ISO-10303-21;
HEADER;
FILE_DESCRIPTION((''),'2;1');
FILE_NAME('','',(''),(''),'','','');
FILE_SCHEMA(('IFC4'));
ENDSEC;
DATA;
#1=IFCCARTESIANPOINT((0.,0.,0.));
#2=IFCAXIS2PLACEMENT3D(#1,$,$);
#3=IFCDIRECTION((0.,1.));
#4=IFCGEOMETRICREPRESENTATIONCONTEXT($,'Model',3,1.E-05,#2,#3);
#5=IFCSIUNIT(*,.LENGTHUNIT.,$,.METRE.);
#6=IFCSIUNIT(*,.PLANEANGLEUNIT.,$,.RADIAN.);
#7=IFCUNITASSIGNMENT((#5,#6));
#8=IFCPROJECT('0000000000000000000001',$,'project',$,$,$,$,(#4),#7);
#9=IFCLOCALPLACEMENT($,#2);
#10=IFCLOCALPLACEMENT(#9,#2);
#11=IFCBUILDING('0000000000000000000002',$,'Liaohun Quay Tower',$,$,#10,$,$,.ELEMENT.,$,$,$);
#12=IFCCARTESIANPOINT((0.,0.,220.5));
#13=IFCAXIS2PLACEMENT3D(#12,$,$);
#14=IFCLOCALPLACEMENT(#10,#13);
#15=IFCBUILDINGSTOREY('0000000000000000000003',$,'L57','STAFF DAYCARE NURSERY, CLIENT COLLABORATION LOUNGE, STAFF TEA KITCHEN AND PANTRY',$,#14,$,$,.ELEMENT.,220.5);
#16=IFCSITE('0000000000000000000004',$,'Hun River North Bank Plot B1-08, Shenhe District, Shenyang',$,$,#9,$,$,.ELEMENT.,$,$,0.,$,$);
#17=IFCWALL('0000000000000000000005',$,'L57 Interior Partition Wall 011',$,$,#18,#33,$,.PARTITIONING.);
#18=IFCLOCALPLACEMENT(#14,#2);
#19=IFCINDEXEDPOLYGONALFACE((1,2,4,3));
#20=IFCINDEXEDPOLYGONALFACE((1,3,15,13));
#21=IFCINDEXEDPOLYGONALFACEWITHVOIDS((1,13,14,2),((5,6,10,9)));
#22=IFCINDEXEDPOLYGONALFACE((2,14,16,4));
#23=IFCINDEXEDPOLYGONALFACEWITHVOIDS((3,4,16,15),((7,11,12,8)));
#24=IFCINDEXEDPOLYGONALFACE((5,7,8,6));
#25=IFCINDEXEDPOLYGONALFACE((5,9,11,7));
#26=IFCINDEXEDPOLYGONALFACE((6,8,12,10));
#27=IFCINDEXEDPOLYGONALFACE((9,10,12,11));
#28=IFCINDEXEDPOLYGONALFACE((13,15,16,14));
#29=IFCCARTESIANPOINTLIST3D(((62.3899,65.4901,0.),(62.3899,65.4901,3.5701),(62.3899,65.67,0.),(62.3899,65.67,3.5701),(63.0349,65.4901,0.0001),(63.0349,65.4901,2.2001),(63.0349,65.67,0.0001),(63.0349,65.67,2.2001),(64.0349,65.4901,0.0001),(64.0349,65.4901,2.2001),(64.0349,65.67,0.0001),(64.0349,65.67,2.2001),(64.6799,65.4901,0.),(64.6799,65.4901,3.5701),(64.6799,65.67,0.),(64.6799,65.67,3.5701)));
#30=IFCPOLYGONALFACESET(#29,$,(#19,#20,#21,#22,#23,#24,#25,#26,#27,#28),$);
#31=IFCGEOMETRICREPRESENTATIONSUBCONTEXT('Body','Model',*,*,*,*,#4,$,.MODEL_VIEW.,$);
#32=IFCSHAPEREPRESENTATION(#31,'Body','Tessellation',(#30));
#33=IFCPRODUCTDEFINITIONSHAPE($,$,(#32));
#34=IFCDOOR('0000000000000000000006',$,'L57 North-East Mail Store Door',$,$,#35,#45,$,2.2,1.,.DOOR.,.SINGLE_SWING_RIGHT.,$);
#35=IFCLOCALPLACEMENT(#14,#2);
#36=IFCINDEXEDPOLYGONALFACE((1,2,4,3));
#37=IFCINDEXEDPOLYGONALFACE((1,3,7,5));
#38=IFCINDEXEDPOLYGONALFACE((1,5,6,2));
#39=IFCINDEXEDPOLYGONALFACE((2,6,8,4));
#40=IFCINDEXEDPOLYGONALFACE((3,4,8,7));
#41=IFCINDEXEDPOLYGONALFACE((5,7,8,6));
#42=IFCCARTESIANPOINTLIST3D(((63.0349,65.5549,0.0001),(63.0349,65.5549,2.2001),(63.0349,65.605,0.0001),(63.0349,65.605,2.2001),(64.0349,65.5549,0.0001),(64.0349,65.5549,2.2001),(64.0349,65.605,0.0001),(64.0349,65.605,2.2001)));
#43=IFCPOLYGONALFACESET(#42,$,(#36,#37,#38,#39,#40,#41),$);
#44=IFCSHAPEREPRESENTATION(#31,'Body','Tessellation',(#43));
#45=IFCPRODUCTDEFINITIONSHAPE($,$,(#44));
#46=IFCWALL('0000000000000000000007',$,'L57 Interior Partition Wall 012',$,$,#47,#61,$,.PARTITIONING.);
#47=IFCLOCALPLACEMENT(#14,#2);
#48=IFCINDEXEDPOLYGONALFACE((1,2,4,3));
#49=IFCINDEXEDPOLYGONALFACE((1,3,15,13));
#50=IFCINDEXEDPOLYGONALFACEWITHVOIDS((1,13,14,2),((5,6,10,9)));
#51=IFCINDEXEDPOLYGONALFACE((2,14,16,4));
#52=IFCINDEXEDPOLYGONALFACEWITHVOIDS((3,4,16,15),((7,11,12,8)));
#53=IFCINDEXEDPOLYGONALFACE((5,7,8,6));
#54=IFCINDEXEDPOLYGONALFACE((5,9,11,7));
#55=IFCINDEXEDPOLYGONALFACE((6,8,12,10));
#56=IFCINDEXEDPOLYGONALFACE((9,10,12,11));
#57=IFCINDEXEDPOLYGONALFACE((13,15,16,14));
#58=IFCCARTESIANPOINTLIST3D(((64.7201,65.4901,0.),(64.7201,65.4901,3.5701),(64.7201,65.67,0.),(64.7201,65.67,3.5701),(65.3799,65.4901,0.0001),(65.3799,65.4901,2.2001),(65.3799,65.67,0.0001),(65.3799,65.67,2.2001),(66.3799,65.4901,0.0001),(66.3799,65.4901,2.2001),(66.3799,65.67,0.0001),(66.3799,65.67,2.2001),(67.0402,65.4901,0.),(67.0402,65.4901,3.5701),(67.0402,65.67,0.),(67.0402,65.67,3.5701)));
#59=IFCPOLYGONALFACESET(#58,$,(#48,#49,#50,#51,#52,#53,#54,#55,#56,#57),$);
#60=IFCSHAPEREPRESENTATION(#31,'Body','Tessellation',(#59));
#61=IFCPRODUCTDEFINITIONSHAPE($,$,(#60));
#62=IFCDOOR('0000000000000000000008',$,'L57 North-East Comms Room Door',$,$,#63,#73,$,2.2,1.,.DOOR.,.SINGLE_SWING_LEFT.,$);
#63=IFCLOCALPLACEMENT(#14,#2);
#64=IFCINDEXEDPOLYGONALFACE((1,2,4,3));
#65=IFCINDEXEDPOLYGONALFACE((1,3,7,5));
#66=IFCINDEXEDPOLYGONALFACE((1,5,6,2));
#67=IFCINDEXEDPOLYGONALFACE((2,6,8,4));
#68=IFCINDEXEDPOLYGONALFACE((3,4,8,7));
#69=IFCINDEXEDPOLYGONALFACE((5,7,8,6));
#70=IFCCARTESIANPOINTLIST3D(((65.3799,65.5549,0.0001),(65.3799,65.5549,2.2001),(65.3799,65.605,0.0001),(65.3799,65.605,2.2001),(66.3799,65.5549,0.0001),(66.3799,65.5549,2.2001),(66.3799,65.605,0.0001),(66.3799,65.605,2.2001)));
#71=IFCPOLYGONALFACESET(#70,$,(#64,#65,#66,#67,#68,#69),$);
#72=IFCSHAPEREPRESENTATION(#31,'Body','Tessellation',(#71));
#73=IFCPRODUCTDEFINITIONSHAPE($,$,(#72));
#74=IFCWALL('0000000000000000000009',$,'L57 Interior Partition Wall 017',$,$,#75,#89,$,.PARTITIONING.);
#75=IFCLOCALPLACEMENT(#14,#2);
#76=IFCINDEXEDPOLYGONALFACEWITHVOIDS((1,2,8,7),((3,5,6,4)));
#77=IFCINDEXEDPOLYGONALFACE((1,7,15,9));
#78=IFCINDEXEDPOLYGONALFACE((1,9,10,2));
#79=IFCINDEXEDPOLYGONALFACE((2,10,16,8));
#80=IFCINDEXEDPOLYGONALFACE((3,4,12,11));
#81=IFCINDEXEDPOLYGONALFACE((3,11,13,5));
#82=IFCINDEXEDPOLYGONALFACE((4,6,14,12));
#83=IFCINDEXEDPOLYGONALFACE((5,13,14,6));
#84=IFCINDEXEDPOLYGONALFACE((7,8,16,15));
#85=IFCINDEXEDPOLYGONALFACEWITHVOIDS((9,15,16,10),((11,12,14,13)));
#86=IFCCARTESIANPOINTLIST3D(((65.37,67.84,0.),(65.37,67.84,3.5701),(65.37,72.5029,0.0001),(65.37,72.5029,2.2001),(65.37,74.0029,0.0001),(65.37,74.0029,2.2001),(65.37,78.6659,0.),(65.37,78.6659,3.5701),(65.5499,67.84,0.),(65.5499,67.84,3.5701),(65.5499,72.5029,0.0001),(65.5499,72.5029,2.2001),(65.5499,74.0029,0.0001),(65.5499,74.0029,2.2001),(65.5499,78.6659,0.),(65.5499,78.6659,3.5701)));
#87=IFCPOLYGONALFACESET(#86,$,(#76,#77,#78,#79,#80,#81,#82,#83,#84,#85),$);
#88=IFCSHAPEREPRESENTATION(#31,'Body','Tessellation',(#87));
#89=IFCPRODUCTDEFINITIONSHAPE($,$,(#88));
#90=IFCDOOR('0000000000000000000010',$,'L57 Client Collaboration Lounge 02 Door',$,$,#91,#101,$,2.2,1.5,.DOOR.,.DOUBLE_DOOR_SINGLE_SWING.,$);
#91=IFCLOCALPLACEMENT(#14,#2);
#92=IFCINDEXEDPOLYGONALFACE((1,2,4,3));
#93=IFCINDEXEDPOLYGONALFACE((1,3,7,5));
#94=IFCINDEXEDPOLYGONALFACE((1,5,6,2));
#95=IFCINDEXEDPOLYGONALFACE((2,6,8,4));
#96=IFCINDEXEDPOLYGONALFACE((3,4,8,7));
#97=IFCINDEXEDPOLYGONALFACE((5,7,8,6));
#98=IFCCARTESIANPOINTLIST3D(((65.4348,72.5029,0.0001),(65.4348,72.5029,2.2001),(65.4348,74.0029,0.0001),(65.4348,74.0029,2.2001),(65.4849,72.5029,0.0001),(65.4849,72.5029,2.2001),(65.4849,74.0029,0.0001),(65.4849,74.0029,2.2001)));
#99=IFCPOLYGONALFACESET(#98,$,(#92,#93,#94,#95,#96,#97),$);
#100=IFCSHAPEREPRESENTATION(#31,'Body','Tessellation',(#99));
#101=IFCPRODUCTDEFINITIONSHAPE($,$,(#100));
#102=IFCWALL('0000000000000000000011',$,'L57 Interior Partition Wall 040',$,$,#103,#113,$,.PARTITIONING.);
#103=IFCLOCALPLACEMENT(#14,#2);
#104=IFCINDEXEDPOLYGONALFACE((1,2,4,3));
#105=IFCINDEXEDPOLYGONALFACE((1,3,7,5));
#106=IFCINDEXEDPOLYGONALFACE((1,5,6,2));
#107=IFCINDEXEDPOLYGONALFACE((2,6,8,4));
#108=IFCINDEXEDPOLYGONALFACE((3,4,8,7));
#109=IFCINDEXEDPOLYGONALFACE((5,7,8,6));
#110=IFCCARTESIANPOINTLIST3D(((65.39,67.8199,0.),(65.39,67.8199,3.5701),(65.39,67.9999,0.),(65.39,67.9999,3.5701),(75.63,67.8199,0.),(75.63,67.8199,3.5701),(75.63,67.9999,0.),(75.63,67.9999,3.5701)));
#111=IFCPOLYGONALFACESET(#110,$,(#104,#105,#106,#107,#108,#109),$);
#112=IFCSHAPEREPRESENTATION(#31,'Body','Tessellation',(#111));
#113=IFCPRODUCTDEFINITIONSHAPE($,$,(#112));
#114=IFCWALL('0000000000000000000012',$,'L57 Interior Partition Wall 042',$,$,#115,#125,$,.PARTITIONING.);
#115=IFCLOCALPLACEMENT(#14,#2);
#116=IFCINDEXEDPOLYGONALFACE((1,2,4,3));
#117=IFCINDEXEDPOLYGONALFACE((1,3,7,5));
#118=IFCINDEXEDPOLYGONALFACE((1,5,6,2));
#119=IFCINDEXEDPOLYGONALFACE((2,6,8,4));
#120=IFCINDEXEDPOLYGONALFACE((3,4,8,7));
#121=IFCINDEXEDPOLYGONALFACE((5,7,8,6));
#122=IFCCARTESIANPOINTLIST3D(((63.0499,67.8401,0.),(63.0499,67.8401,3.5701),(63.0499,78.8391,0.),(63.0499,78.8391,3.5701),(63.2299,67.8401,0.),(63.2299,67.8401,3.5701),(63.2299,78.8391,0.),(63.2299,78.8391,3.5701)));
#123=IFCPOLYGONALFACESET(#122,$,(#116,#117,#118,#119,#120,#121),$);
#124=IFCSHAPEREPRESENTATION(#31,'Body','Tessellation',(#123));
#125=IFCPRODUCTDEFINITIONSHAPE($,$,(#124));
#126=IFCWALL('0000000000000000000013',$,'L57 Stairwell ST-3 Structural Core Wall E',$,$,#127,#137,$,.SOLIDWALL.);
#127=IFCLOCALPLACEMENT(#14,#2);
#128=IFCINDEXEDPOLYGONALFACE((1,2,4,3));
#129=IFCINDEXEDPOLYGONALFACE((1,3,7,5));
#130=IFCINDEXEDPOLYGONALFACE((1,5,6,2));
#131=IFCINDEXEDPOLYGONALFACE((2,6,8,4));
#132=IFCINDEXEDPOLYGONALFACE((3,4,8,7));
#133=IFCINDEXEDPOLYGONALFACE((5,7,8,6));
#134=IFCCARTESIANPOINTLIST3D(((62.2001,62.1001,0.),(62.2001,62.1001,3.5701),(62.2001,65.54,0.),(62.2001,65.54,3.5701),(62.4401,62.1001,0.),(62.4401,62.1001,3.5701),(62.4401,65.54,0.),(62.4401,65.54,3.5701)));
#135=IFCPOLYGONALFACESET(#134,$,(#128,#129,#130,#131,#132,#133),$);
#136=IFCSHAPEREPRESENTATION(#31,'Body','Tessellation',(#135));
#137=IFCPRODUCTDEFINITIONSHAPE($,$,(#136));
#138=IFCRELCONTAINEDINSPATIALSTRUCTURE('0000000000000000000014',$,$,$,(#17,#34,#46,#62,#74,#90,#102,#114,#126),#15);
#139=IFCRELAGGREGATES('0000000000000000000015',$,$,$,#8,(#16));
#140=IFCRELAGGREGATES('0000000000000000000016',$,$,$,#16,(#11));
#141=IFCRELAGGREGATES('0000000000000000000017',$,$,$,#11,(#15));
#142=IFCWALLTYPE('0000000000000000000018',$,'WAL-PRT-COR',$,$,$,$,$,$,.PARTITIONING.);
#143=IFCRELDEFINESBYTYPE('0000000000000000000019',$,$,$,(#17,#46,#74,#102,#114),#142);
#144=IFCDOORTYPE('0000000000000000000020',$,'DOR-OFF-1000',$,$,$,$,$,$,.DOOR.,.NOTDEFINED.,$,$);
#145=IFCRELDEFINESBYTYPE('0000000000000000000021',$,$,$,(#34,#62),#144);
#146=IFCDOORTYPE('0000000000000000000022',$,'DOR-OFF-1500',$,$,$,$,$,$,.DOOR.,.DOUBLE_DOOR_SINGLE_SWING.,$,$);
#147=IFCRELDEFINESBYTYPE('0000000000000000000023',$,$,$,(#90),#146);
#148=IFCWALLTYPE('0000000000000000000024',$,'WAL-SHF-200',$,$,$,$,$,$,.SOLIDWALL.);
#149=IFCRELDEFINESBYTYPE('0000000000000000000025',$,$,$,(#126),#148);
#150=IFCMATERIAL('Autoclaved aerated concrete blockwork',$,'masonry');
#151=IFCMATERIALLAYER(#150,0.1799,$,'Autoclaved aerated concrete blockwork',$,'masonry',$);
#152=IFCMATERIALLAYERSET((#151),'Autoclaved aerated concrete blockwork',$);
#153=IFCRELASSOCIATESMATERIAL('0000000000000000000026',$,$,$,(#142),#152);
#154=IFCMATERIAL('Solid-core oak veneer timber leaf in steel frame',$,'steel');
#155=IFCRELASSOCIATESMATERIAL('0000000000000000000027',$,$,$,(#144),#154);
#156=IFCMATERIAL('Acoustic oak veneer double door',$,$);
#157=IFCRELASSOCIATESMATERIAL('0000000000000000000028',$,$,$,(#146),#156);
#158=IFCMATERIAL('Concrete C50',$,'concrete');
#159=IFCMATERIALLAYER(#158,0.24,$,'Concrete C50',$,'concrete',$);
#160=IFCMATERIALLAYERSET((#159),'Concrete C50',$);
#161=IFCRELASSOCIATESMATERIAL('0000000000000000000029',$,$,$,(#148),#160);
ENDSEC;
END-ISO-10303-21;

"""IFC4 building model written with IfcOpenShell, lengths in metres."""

from ifc_helpers import new_model, si_unit, direction, frame, frame_2d, origin, place, context, subcontext, project, spatial, rectangle, extrude, source, transform, mapped, material, layer, layer_set, type_object, element, fill, save


model = new_model("IFC4")

# Units and contexts
model_context = context("Model", 3, precision=1e-05, world=origin(), true_north=direction((0.0, 1.0)))
body_context = subcontext(model_context, "Body", "Model", "MODEL_VIEW")
ifc_project = project(units=[si_unit("LENGTHUNIT", "METRE"), si_unit("PLANEANGLEUNIT", "RADIAN")], contexts=[model_context])

# Site, building, storey
site_placement = place(None, origin())
site = spatial("IfcSite", under=ifc_project, at=site_placement, Name="Hun River North Bank Plot B1-08, Shenhe District, Shenyang", CompositionType="ELEMENT", RefElevation=0.0)
building_placement = place(site_placement, origin())
building = spatial("IfcBuilding", under=site, at=building_placement, Name="Liaohun Quay Tower", CompositionType="ELEMENT")
storey_placement = place(building_placement, frame((0.0, 0.0, 220.5)))
storey = spatial("IfcBuildingStorey", under=building, at=storey_placement, Name="L57", Description="STAFF DAYCARE NURSERY, CLIENT COLLABORATION LOUNGE, STAFF TEA KITCHEN AND PANTRY", CompositionType="ELEMENT", Elevation=220.5)

# Walls, openings, doors
ifc_material_1 = material(Name="Autoclaved aerated concrete blockwork", Category="masonry")
ifc_layer_1 = layer(ifc_material_1, 0.1799, Name="Autoclaved aerated concrete blockwork", Category="masonry")
ifc_layer_set_1 = layer_set([ifc_layer_1], Name="Autoclaved aerated concrete blockwork")
wall_type_1 = type_object("IfcWallType", Name="WAL-PRT-COR", PredefinedType="PARTITIONING", material=ifc_layer_set_1)
wall_1_placement = place(storey_placement, frame((62.3899, 65.5801, 0.0), z_axis=(0.0, 0.0, 1.0), x_axis=(1.0, 0.0, 0.0)))
wall_1 = element("IfcWall", 1, at=wall_1_placement, inside=storey, type_object=wall_type_1, Name="L57 Interior Partition Wall 011", PredefinedType="PARTITIONING", context=body_context, shape_type="SweptSolid", body=[
    extrude(rectangle(XDim=2.29, YDim=0.1799, at=frame_2d((1.145, 0.0))), origin(), (0.0, 0.0, 1.0), 3.5701),
])
shared_shape_1 = source(origin(), body_context, "Body", "SweptSolid", [
    extrude(rectangle(XDim=1.0, YDim=2.2, at=frame_2d((0.5, 1.1001))), frame((0.0, 0.0999, 0.0), z_axis=(0.0, -1.0, 0.0), x_axis=(1.0, 0.0, 0.0)), (0.0, 0.0, 1.0), 0.2),
])
opening_1_placement = place(wall_1_placement, frame((0.645, 0.0, 0.0)))
opening_1 = element("IfcOpeningElement", 2, at=opening_1_placement, cuts=wall_1, PredefinedType="OPENING", context=body_context, shape_type="MappedRepresentation", body=[
    mapped(shared_shape_1, transform((0.0, 0.0, 0.0), x_axis=(1.0, 0.0, 0.0), y_axis=(0.0, 1.0, 0.0), z_axis=(0.0, 0.0, 1.0), scale=1.0)),
])
ifc_material_2 = material(Name="Solid-core oak veneer timber leaf in steel frame", Category="steel")
door_type_1 = type_object("IfcDoorType", Name="DOR-OFF-1000", OperationType="NOTDEFINED", PredefinedType="DOOR", material=ifc_material_2)
shared_shape_2 = source(origin(), body_context, "Body", "SweptSolid", [
    extrude(rectangle(XDim=1.0, YDim=2.2, at=frame_2d((0.5, 1.1001))), frame((0.0, 0.0249, 0.0), z_axis=(0.0, -1.0, 0.0), x_axis=(1.0, 0.0, 0.0)), (0.0, 0.0, 1.0), 0.05),
])
door_1_placement = place(opening_1_placement, origin())
door_1 = element("IfcDoor", 3, at=door_1_placement, inside=storey, type_object=door_type_1, Name="L57 North-East Mail Store Door", OperationType="SINGLE_SWING_RIGHT", OverallHeight=2.2, OverallWidth=1.0, PredefinedType="DOOR", context=body_context, shape_type="MappedRepresentation", body=[
    mapped(shared_shape_2, transform((0.0, 0.0, 0.0), x_axis=(1.0, 0.0, 0.0), y_axis=(0.0, 1.0, 0.0), z_axis=(0.0, 0.0, 1.0), scale=1.0)),
])
fill(opening_1, door_1)
wall_2_placement = place(storey_placement, frame((64.72, 65.5801, 0.0), z_axis=(0.0, 0.0, 1.0), x_axis=(1.0, 0.0, 0.0)))
wall_2 = element("IfcWall", 4, at=wall_2_placement, inside=storey, type_object=wall_type_1, Name="L57 Interior Partition Wall 012", PredefinedType="PARTITIONING", context=body_context, shape_type="SweptSolid", body=[
    extrude(rectangle(XDim=2.3201, YDim=0.1799, at=frame_2d((1.1602, 0.0))), origin(), (0.0, 0.0, 1.0), 3.5701),
])
opening_2_placement = place(wall_2_placement, frame((0.6599, 0.0, 0.0)))
opening_2 = element("IfcOpeningElement", 5, at=opening_2_placement, cuts=wall_2, PredefinedType="OPENING", context=body_context, shape_type="MappedRepresentation", body=[
    mapped(shared_shape_1, transform((0.0, 0.0, 0.0), x_axis=(1.0, 0.0, 0.0), y_axis=(0.0, 1.0, 0.0), z_axis=(0.0, 0.0, 1.0), scale=1.0)),
])
door_2_placement = place(opening_2_placement, origin())
door_2 = element("IfcDoor", 6, at=door_2_placement, inside=storey, type_object=door_type_1, Name="L57 North-East Comms Room Door", OperationType="SINGLE_SWING_LEFT", OverallHeight=2.2, OverallWidth=1.0, PredefinedType="DOOR", context=body_context, shape_type="MappedRepresentation", body=[
    mapped(shared_shape_2, transform((0.0, 0.0, 0.0), x_axis=(1.0, 0.0, 0.0), y_axis=(0.0, 1.0, 0.0), z_axis=(0.0, 0.0, 1.0), scale=1.0)),
])
fill(opening_2, door_2)
wall_3_placement = place(storey_placement, frame((65.46, 78.666, 0.0), z_axis=(0.0, 0.0, 1.0), x_axis=(0.0, -1.0, 0.0)))
wall_3 = element("IfcWall", 7, at=wall_3_placement, inside=storey, type_object=wall_type_1, Name="L57 Interior Partition Wall 017", PredefinedType="PARTITIONING", context=body_context, shape_type="SweptSolid", body=[
    extrude(rectangle(XDim=10.8259, YDim=0.1799, at=frame_2d((5.4131, 0.0))), origin(), (0.0, 0.0, 1.0), 3.5701),
])
shared_shape_3 = source(origin(), body_context, "Body", "SweptSolid", [
    extrude(rectangle(XDim=1.5, YDim=2.2, at=frame_2d((0.75, 1.1001))), frame((0.0, 0.0999, 0.0), z_axis=(0.0, -1.0, 0.0), x_axis=(1.0, 0.0, 0.0)), (0.0, 0.0, 1.0), 0.2),
])
opening_3_placement = place(wall_3_placement, frame((4.6631, 0.0, 0.0)))
opening_3 = element("IfcOpeningElement", 8, at=opening_3_placement, cuts=wall_3, PredefinedType="OPENING", context=body_context, shape_type="MappedRepresentation", body=[
    mapped(shared_shape_3, transform((0.0, 0.0, 0.0), x_axis=(1.0, 0.0, 0.0), y_axis=(0.0, 1.0, 0.0), z_axis=(0.0, 0.0, 1.0), scale=1.0)),
])
ifc_material_3 = material(Name="Acoustic oak veneer double door")
door_type_2 = type_object("IfcDoorType", Name="DOR-OFF-1500", OperationType="DOUBLE_DOOR_SINGLE_SWING", PredefinedType="DOOR", material=ifc_material_3)
shared_shape_4 = source(origin(), body_context, "Body", "SweptSolid", [
    extrude(rectangle(XDim=1.5, YDim=2.2, at=frame_2d((0.75, 1.1001))), frame((0.0, 0.0249, 0.0), z_axis=(0.0, -1.0, 0.0), x_axis=(1.0, 0.0, 0.0)), (0.0, 0.0, 1.0), 0.05),
])
door_3_placement = place(opening_3_placement, origin())
door_3 = element("IfcDoor", 9, at=door_3_placement, inside=storey, type_object=door_type_2, Name="L57 Client Collaboration Lounge 02 Door", OperationType="DOUBLE_DOOR_SINGLE_SWING", OverallHeight=2.2, OverallWidth=1.5, PredefinedType="DOOR", context=body_context, shape_type="MappedRepresentation", body=[
    mapped(shared_shape_4, transform((0.0, 0.0, 0.0), x_axis=(1.0, 0.0, 0.0), y_axis=(0.0, 1.0, 0.0), z_axis=(0.0, 0.0, 1.0), scale=1.0)),
])
fill(opening_3, door_3)

# Walls
wall_4_placement = place(storey_placement, frame((65.3899, 67.9099, 0.0), z_axis=(0.0, 0.0, 1.0), x_axis=(1.0, 0.0, 0.0)))
element("IfcWall", 10, at=wall_4_placement, inside=storey, type_object=wall_type_1, Name="L57 Interior Partition Wall 040", PredefinedType="PARTITIONING", context=body_context, shape_type="SweptSolid", body=[
    extrude(rectangle(XDim=10.24, YDim=0.1799, at=frame_2d((5.1201, 0.0))), origin(), (0.0, 0.0, 1.0), 3.5701),
])
wall_5_placement = place(storey_placement, frame((63.1399, 67.8401, 0.0), z_axis=(0.0, 0.0, 1.0), x_axis=(0.0, 1.0, 0.0)))
element("IfcWall", 11, at=wall_5_placement, inside=storey, type_object=wall_type_1, Name="L57 Interior Partition Wall 042", PredefinedType="PARTITIONING", context=body_context, shape_type="SweptSolid", body=[
    extrude(rectangle(XDim=10.999, YDim=0.1799, at=frame_2d((5.4995, 0.0))), origin(), (0.0, 0.0, 1.0), 3.5701),
])
ifc_material_4 = material(Name="Concrete C50", Category="concrete")
ifc_layer_2 = layer(ifc_material_4, 0.24, Name="Concrete C50", Category="concrete")
ifc_layer_set_2 = layer_set([ifc_layer_2], Name="Concrete C50")
wall_type_2 = type_object("IfcWallType", Name="WAL-SHF-200", PredefinedType="SOLIDWALL", material=ifc_layer_set_2)
wall_6_placement = place(storey_placement, frame((62.3201, 62.1001, 0.0), z_axis=(0.0, 0.0, 1.0), x_axis=(0.0, 1.0, 0.0)))
element("IfcWall", 12, at=wall_6_placement, inside=storey, type_object=wall_type_2, Name="L57 Stairwell ST-3 Structural Core Wall E", PredefinedType="SOLIDWALL", context=body_context, shape_type="SweptSolid", body=[
    extrude(rectangle(XDim=3.4399, YDim=0.24, at=frame_2d((1.72, 0.0))), origin(), (0.0, 0.0, 1.0), 3.5701),
])

save(model, "model.ifc")
